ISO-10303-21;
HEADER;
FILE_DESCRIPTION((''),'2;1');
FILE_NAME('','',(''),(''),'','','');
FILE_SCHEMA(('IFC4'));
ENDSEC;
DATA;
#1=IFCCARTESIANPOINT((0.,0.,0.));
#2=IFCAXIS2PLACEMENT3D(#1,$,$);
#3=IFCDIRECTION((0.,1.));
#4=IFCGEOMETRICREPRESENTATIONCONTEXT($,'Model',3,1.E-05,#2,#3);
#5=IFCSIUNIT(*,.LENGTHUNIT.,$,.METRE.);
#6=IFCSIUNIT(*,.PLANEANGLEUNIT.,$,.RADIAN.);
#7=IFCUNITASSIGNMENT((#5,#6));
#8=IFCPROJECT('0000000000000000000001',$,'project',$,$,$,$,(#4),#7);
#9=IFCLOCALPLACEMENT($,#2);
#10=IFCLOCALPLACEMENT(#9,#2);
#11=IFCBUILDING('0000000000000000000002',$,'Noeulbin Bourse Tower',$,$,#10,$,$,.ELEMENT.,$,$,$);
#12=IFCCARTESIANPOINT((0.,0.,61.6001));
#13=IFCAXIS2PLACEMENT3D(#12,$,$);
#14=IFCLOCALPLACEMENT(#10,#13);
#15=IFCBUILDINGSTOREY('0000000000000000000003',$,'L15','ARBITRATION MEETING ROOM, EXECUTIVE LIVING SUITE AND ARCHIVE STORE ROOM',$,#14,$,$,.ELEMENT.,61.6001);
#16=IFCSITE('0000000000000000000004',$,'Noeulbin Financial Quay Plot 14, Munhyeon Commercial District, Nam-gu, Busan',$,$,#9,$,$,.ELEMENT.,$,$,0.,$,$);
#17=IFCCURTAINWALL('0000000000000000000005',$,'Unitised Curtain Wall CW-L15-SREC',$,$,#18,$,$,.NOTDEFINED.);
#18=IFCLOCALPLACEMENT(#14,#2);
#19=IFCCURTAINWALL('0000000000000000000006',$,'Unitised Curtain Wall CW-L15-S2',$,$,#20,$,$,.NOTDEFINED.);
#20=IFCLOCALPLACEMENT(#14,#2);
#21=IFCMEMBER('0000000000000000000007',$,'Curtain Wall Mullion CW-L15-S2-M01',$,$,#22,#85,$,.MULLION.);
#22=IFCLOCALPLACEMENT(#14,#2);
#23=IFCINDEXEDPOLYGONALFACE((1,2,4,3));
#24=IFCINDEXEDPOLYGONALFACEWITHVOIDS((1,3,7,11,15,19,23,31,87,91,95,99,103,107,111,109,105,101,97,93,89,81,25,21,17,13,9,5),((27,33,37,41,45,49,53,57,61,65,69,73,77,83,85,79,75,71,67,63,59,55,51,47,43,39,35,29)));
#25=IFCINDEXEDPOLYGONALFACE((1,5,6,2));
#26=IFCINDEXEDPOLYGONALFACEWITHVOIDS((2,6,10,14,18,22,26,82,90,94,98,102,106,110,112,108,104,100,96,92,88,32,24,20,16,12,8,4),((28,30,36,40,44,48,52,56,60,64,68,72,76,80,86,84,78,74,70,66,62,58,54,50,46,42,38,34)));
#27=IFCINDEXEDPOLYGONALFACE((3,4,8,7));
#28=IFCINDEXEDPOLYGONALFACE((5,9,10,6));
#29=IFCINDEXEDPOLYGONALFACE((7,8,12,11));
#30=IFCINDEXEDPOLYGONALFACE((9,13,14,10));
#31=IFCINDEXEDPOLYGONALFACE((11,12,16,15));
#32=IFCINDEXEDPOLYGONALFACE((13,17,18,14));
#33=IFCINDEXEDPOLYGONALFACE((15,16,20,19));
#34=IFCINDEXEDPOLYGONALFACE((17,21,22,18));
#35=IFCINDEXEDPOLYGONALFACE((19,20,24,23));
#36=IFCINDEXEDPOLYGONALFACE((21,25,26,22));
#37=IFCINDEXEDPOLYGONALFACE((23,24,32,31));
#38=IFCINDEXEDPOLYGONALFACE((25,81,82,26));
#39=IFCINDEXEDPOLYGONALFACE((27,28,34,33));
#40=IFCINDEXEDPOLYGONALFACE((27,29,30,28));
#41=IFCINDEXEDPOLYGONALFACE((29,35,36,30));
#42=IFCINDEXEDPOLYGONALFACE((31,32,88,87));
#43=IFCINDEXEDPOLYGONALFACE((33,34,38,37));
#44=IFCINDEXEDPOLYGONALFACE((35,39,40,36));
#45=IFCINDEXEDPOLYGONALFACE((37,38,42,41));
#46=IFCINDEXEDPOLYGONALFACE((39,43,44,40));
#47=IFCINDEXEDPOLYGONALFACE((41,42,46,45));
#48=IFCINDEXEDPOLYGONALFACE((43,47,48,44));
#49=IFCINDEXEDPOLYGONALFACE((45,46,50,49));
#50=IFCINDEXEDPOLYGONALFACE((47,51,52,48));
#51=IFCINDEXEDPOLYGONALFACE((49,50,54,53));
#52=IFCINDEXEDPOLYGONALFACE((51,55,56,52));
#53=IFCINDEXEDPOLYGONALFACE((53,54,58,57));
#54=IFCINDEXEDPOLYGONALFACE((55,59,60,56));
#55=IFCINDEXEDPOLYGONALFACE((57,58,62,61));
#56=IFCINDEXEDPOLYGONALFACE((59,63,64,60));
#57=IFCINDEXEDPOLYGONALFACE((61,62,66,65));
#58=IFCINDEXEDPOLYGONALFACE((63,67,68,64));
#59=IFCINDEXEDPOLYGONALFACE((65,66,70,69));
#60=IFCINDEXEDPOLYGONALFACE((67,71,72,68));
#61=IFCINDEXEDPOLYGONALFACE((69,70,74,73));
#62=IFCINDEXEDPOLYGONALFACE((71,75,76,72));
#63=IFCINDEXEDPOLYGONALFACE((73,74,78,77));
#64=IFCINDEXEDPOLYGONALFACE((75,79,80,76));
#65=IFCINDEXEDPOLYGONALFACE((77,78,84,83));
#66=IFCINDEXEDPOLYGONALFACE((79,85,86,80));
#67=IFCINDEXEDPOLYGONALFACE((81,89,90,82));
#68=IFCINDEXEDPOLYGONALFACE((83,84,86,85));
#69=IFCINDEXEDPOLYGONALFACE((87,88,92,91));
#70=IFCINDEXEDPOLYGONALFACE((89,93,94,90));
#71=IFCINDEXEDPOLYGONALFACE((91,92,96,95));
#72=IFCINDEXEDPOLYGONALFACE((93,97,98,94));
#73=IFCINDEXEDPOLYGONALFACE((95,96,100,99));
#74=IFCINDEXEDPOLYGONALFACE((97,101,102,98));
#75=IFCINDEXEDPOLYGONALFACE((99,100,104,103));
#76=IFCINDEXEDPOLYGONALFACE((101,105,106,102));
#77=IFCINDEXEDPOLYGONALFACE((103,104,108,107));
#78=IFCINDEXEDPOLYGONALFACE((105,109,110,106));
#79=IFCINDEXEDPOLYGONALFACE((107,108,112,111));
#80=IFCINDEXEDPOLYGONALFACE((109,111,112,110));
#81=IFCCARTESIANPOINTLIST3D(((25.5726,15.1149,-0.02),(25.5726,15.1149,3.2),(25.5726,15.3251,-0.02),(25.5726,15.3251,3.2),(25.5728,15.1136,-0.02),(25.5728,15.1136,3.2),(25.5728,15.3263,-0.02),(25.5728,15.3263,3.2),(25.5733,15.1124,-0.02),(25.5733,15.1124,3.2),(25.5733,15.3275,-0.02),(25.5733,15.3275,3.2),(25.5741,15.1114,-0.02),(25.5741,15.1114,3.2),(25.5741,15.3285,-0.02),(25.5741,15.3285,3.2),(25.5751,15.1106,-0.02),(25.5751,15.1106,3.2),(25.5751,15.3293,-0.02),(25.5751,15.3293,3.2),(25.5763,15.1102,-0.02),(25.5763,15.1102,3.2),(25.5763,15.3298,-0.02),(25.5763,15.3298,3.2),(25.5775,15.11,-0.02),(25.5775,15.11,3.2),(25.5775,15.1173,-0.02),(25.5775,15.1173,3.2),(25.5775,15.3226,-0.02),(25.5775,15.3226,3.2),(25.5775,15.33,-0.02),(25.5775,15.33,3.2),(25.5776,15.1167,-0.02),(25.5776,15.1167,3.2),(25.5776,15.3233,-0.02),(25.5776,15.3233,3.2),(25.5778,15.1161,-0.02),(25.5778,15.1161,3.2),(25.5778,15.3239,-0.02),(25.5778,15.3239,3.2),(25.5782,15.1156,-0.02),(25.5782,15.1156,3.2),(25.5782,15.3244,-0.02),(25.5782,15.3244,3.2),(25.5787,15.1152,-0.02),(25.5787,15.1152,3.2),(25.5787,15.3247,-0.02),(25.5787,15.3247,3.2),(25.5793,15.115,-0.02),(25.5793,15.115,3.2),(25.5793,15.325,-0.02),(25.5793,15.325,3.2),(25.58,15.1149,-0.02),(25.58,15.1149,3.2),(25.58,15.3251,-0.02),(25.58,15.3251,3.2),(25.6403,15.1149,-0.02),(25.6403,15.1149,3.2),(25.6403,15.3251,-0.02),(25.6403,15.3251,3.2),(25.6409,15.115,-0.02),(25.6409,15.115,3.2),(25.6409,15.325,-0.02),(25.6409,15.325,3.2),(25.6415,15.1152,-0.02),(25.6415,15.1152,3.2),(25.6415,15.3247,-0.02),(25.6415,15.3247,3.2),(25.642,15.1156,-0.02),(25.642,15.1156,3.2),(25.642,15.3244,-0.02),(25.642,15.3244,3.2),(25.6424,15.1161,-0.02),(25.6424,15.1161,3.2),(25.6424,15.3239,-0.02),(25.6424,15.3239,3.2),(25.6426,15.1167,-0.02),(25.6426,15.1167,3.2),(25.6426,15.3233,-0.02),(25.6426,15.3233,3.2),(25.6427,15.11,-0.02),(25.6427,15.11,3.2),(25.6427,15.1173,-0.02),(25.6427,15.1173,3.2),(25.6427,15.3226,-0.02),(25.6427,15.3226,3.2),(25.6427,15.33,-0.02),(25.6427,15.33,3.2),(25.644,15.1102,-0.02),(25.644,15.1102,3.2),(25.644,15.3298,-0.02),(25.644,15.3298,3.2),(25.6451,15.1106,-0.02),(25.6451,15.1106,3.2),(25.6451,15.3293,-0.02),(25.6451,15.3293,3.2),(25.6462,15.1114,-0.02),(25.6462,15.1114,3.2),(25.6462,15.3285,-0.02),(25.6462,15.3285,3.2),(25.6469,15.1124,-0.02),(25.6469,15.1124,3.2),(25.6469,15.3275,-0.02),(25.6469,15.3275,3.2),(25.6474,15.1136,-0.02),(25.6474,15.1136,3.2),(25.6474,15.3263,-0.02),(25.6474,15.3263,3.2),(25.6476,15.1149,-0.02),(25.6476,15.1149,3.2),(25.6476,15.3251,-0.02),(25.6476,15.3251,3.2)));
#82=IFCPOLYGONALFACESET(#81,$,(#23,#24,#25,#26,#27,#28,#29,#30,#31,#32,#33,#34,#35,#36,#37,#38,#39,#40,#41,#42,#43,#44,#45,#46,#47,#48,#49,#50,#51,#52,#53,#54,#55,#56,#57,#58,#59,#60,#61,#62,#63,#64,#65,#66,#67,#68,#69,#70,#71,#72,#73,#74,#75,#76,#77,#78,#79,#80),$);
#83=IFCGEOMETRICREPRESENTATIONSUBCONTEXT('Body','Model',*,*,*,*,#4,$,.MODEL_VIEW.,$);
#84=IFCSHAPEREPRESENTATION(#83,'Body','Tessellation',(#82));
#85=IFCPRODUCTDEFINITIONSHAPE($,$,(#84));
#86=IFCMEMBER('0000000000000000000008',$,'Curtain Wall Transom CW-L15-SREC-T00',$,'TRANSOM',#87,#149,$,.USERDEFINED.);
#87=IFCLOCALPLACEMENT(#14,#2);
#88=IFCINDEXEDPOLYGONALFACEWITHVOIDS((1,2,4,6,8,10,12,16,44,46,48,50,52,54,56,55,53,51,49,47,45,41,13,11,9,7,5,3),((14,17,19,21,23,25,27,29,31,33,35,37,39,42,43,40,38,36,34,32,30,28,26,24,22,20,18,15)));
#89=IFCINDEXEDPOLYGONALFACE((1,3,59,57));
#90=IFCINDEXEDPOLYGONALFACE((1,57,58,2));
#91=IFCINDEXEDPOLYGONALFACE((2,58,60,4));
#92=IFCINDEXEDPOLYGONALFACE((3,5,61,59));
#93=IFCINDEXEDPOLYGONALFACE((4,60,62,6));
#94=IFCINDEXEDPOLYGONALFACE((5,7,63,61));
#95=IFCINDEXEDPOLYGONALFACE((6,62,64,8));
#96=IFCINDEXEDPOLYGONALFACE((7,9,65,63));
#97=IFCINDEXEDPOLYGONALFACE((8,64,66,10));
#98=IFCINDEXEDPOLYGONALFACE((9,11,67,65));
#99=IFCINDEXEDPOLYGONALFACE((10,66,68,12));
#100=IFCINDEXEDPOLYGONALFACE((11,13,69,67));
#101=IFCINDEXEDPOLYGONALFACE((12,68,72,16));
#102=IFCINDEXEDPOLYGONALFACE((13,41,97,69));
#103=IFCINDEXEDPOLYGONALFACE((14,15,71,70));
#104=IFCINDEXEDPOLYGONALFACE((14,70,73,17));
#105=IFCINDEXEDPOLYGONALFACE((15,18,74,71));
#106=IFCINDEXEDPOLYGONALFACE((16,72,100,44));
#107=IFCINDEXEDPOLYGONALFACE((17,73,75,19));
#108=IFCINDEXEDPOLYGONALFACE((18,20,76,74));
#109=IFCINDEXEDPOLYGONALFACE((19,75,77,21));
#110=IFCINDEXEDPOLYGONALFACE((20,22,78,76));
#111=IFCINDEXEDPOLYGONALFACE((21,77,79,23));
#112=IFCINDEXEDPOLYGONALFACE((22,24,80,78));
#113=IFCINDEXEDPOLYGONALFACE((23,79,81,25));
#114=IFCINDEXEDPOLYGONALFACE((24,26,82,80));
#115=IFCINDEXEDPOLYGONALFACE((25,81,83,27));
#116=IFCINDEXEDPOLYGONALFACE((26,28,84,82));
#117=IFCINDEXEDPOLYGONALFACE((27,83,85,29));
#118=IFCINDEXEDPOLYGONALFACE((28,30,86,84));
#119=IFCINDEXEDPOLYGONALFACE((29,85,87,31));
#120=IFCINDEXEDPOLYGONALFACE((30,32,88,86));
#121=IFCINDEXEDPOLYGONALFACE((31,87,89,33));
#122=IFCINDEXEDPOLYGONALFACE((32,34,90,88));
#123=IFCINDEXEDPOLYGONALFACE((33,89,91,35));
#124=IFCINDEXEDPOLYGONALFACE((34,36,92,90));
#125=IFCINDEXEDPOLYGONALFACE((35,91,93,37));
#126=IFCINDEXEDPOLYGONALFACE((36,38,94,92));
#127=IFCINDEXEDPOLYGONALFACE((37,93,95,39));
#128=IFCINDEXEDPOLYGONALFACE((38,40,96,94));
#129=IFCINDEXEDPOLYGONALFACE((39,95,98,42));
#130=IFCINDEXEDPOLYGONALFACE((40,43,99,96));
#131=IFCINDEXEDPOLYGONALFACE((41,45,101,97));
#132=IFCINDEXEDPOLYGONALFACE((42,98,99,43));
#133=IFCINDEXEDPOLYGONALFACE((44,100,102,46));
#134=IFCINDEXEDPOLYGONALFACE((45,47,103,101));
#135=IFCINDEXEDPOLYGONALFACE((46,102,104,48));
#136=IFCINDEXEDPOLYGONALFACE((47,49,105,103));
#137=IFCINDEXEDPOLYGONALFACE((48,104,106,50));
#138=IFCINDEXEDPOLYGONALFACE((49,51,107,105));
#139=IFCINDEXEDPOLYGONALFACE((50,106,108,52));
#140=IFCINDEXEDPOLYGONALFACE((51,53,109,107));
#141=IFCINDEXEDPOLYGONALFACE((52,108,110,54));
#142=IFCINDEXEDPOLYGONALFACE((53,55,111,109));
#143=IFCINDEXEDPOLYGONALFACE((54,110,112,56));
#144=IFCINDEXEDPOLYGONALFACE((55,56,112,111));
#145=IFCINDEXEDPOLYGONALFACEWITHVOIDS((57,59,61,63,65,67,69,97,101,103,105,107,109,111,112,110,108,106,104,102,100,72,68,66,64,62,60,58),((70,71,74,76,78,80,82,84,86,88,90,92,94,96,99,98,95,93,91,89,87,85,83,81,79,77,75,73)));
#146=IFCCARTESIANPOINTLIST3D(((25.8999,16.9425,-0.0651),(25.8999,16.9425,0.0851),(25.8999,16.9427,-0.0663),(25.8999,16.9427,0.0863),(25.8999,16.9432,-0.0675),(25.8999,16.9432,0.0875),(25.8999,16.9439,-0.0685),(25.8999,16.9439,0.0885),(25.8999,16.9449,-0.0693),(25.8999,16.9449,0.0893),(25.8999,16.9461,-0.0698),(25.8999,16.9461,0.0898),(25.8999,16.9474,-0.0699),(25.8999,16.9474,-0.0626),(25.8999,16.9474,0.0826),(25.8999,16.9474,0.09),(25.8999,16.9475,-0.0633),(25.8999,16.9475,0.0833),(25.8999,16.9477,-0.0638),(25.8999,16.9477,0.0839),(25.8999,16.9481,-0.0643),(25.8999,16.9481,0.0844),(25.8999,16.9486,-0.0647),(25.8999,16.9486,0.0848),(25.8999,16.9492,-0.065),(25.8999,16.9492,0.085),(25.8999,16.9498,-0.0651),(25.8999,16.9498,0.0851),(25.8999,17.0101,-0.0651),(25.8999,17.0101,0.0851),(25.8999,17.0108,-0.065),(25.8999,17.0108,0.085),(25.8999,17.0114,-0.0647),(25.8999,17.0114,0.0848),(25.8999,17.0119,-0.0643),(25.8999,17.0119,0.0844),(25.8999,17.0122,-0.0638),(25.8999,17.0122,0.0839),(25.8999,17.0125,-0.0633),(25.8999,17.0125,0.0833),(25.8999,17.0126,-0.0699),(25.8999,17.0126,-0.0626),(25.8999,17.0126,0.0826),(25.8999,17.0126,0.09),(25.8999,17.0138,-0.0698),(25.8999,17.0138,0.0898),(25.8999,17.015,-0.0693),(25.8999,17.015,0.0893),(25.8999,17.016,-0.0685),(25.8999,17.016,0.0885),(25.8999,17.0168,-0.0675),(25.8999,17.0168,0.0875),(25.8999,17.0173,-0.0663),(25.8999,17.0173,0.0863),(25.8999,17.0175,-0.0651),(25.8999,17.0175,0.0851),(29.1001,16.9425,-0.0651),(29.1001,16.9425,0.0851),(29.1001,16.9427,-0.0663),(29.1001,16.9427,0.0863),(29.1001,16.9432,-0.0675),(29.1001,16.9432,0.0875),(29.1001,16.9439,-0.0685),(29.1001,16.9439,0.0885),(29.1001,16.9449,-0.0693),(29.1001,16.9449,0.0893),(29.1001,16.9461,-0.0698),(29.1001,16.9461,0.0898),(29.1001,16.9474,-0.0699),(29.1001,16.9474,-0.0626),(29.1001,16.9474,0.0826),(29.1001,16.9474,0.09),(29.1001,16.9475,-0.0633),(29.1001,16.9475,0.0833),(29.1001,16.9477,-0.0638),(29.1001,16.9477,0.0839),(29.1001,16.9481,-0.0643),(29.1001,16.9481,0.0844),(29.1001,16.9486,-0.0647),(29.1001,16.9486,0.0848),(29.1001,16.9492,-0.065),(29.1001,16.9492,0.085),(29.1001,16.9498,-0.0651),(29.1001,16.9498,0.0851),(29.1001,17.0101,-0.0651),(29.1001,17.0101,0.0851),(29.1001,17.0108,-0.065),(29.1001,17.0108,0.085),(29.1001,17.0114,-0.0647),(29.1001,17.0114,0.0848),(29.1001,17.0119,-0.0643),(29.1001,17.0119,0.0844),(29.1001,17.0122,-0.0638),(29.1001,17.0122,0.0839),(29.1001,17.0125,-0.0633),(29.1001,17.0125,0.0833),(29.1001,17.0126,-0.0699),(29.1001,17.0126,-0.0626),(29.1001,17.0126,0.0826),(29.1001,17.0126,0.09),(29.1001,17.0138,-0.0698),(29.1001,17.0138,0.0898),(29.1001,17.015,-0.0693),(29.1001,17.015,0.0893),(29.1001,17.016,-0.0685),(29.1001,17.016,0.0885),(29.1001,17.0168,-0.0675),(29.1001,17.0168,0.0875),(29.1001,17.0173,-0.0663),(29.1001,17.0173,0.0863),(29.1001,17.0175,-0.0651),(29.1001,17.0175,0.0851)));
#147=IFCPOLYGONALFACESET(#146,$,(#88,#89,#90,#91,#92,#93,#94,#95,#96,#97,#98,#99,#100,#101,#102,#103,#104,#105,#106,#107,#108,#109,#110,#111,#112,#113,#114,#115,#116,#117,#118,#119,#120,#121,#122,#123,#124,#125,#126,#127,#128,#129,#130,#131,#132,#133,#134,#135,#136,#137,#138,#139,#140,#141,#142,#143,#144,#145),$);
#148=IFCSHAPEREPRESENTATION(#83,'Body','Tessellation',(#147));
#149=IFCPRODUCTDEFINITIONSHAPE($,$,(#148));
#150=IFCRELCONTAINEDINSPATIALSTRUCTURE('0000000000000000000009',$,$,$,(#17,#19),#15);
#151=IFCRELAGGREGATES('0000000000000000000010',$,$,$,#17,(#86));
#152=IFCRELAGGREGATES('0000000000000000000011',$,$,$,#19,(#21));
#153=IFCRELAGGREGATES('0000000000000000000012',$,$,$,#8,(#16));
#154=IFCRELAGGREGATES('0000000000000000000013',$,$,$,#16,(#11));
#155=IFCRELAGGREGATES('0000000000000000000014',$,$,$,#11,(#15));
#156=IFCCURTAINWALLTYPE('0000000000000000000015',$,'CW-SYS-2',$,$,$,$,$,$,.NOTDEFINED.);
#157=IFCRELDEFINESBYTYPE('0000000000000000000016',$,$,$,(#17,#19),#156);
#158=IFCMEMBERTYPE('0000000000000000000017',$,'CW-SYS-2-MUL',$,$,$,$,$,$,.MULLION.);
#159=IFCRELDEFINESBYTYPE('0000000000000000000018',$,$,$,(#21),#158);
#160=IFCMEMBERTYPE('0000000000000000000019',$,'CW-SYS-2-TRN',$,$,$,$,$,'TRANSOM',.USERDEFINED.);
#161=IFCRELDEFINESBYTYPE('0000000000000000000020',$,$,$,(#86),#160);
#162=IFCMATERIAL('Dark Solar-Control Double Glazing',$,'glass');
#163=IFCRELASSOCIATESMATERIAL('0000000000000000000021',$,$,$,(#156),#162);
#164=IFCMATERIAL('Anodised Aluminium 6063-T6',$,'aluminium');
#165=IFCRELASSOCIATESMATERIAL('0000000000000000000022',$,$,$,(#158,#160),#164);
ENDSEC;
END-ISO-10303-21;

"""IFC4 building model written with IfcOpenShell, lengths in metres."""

from ifc_helpers import new_model, si_unit, direction, frame, origin, origin_2d, place, context, subcontext, project, spatial, hollow_rectangle, extrude, material, material_profile, profile_set, type_object, element, aggregate, save


model = new_model("IFC4")

# Units and contexts
model_context = context("Model", 3, precision=1e-05, world=origin(), true_north=direction((0.0, 1.0)))
body_context = subcontext(model_context, "Body", "Model", "MODEL_VIEW")
ifc_project = project(units=[si_unit("LENGTHUNIT", "METRE"), si_unit("PLANEANGLEUNIT", "RADIAN")], contexts=[model_context])

# Site, building, storey
site_placement = place(None, origin())
site = spatial("IfcSite", under=ifc_project, at=site_placement, Name="Noeulbin Financial Quay Plot 14, Munhyeon Commercial District, Nam-gu, Busan", CompositionType="ELEMENT", RefElevation=0.0)
building_placement = place(site_placement, origin())
building = spatial("IfcBuilding", under=site, at=building_placement, Name="Noeulbin Bourse Tower", CompositionType="ELEMENT")
storey_placement = place(building_placement, frame((0.0, 0.0, 61.6001)))
storey = spatial("IfcBuildingStorey", under=building, at=storey_placement, Name="L15", Description="ARBITRATION MEETING ROOM, EXECUTIVE LIVING SUITE AND ARCHIVE STORE ROOM", CompositionType="ELEMENT", Elevation=61.6001)

# Curtain wall
ifc_material_1 = material(Name="Dark Solar-Control Double Glazing", Category="glass")
curtain_wall_type = type_object("IfcCurtainWallType", Name="CW-SYS-2", PredefinedType="NOTDEFINED", material=ifc_material_1)
curtain_wall_1_placement = place(storey_placement, origin())
curtain_wall_1 = element("IfcCurtainWall", 1, at=curtain_wall_1_placement, inside=storey, type_object=curtain_wall_type, Name="Unitised Curtain Wall CW-L15-SREC", PredefinedType="NOTDEFINED")
ifc_material_2 = material(Name="Anodised Aluminium 6063-T6", Category="aluminium")
ifc_material_profile_1 = material_profile(ifc_material_2, hollow_rectangle(XDim=0.075, YDim=0.22, WallThickness=0.0049, InnerFilletRadius=0.0024, OuterFilletRadius=0.0049, at=origin_2d()), Name="ALU-MULL-75x220x5", Category="LoadBearing")
ifc_profile_set_1 = profile_set([ifc_material_profile_1], Name="Anodised Aluminium 6063-T6")
member_type_1 = type_object("IfcMemberType", Name="CW-SYS-2-MUL", PredefinedType="MULLION", material=ifc_profile_set_1)

# Curtain wall, member
curtain_wall_2_placement = place(storey_placement, origin())
curtain_wall_2 = element("IfcCurtainWall", 2, at=curtain_wall_2_placement, inside=storey, type_object=curtain_wall_type, Name="Unitised Curtain Wall CW-L15-S2", PredefinedType="NOTDEFINED")
member_1_placement = place(storey_placement, frame((25.6101, 15.22, -0.02), z_axis=(0.0, 0.0, 1.0), x_axis=(1.0, 0.0, 0.0)))
member_1 = element("IfcMember", 3, at=member_1_placement, type_object=member_type_1, Name="Curtain Wall Mullion CW-L15-S2-M01", PredefinedType="MULLION", context=body_context, shape_type="SweptSolid", body=[
    extrude(hollow_rectangle(XDim=0.075, YDim=0.22, WallThickness=0.0049, InnerFilletRadius=0.0024, OuterFilletRadius=0.0049, at=origin_2d()), origin(), (0.0, 0.0, 1.0), 3.22),
])

# Member
ifc_material_profile_2 = material_profile(ifc_material_2, hollow_rectangle(XDim=0.075, YDim=0.1599, WallThickness=0.0049, InnerFilletRadius=0.0024, OuterFilletRadius=0.0049, at=origin_2d()), Name="ALU-TRAN-75x160x5", Category="LoadBearing")
ifc_profile_set_2 = profile_set([ifc_material_profile_2], Name="Anodised Aluminium 6063-T6")
member_type_2 = type_object("IfcMemberType", Name="CW-SYS-2-TRN", ElementType="TRANSOM", PredefinedType="USERDEFINED", material=ifc_profile_set_2)
member_2_placement = place(storey_placement, frame((25.8999, 16.98, 0.01), z_axis=(1.0, 0.0, 0.0), x_axis=(0.0, 1.0, 0.0)))
member_2 = element("IfcMember", 4, at=member_2_placement, type_object=member_type_2, Name="Curtain Wall Transom CW-L15-SREC-T00", ObjectType="TRANSOM", PredefinedType="USERDEFINED", context=body_context, shape_type="SweptSolid", body=[
    extrude(hollow_rectangle(XDim=0.075, YDim=0.1599, WallThickness=0.0049, InnerFilletRadius=0.0024, OuterFilletRadius=0.0049, at=origin_2d()), origin(), (0.0, 0.0, 1.0), 3.2002),
])

aggregate(curtain_wall_1, [member_2])
aggregate(curtain_wall_2, [member_1])

save(model, "model.ifc")
